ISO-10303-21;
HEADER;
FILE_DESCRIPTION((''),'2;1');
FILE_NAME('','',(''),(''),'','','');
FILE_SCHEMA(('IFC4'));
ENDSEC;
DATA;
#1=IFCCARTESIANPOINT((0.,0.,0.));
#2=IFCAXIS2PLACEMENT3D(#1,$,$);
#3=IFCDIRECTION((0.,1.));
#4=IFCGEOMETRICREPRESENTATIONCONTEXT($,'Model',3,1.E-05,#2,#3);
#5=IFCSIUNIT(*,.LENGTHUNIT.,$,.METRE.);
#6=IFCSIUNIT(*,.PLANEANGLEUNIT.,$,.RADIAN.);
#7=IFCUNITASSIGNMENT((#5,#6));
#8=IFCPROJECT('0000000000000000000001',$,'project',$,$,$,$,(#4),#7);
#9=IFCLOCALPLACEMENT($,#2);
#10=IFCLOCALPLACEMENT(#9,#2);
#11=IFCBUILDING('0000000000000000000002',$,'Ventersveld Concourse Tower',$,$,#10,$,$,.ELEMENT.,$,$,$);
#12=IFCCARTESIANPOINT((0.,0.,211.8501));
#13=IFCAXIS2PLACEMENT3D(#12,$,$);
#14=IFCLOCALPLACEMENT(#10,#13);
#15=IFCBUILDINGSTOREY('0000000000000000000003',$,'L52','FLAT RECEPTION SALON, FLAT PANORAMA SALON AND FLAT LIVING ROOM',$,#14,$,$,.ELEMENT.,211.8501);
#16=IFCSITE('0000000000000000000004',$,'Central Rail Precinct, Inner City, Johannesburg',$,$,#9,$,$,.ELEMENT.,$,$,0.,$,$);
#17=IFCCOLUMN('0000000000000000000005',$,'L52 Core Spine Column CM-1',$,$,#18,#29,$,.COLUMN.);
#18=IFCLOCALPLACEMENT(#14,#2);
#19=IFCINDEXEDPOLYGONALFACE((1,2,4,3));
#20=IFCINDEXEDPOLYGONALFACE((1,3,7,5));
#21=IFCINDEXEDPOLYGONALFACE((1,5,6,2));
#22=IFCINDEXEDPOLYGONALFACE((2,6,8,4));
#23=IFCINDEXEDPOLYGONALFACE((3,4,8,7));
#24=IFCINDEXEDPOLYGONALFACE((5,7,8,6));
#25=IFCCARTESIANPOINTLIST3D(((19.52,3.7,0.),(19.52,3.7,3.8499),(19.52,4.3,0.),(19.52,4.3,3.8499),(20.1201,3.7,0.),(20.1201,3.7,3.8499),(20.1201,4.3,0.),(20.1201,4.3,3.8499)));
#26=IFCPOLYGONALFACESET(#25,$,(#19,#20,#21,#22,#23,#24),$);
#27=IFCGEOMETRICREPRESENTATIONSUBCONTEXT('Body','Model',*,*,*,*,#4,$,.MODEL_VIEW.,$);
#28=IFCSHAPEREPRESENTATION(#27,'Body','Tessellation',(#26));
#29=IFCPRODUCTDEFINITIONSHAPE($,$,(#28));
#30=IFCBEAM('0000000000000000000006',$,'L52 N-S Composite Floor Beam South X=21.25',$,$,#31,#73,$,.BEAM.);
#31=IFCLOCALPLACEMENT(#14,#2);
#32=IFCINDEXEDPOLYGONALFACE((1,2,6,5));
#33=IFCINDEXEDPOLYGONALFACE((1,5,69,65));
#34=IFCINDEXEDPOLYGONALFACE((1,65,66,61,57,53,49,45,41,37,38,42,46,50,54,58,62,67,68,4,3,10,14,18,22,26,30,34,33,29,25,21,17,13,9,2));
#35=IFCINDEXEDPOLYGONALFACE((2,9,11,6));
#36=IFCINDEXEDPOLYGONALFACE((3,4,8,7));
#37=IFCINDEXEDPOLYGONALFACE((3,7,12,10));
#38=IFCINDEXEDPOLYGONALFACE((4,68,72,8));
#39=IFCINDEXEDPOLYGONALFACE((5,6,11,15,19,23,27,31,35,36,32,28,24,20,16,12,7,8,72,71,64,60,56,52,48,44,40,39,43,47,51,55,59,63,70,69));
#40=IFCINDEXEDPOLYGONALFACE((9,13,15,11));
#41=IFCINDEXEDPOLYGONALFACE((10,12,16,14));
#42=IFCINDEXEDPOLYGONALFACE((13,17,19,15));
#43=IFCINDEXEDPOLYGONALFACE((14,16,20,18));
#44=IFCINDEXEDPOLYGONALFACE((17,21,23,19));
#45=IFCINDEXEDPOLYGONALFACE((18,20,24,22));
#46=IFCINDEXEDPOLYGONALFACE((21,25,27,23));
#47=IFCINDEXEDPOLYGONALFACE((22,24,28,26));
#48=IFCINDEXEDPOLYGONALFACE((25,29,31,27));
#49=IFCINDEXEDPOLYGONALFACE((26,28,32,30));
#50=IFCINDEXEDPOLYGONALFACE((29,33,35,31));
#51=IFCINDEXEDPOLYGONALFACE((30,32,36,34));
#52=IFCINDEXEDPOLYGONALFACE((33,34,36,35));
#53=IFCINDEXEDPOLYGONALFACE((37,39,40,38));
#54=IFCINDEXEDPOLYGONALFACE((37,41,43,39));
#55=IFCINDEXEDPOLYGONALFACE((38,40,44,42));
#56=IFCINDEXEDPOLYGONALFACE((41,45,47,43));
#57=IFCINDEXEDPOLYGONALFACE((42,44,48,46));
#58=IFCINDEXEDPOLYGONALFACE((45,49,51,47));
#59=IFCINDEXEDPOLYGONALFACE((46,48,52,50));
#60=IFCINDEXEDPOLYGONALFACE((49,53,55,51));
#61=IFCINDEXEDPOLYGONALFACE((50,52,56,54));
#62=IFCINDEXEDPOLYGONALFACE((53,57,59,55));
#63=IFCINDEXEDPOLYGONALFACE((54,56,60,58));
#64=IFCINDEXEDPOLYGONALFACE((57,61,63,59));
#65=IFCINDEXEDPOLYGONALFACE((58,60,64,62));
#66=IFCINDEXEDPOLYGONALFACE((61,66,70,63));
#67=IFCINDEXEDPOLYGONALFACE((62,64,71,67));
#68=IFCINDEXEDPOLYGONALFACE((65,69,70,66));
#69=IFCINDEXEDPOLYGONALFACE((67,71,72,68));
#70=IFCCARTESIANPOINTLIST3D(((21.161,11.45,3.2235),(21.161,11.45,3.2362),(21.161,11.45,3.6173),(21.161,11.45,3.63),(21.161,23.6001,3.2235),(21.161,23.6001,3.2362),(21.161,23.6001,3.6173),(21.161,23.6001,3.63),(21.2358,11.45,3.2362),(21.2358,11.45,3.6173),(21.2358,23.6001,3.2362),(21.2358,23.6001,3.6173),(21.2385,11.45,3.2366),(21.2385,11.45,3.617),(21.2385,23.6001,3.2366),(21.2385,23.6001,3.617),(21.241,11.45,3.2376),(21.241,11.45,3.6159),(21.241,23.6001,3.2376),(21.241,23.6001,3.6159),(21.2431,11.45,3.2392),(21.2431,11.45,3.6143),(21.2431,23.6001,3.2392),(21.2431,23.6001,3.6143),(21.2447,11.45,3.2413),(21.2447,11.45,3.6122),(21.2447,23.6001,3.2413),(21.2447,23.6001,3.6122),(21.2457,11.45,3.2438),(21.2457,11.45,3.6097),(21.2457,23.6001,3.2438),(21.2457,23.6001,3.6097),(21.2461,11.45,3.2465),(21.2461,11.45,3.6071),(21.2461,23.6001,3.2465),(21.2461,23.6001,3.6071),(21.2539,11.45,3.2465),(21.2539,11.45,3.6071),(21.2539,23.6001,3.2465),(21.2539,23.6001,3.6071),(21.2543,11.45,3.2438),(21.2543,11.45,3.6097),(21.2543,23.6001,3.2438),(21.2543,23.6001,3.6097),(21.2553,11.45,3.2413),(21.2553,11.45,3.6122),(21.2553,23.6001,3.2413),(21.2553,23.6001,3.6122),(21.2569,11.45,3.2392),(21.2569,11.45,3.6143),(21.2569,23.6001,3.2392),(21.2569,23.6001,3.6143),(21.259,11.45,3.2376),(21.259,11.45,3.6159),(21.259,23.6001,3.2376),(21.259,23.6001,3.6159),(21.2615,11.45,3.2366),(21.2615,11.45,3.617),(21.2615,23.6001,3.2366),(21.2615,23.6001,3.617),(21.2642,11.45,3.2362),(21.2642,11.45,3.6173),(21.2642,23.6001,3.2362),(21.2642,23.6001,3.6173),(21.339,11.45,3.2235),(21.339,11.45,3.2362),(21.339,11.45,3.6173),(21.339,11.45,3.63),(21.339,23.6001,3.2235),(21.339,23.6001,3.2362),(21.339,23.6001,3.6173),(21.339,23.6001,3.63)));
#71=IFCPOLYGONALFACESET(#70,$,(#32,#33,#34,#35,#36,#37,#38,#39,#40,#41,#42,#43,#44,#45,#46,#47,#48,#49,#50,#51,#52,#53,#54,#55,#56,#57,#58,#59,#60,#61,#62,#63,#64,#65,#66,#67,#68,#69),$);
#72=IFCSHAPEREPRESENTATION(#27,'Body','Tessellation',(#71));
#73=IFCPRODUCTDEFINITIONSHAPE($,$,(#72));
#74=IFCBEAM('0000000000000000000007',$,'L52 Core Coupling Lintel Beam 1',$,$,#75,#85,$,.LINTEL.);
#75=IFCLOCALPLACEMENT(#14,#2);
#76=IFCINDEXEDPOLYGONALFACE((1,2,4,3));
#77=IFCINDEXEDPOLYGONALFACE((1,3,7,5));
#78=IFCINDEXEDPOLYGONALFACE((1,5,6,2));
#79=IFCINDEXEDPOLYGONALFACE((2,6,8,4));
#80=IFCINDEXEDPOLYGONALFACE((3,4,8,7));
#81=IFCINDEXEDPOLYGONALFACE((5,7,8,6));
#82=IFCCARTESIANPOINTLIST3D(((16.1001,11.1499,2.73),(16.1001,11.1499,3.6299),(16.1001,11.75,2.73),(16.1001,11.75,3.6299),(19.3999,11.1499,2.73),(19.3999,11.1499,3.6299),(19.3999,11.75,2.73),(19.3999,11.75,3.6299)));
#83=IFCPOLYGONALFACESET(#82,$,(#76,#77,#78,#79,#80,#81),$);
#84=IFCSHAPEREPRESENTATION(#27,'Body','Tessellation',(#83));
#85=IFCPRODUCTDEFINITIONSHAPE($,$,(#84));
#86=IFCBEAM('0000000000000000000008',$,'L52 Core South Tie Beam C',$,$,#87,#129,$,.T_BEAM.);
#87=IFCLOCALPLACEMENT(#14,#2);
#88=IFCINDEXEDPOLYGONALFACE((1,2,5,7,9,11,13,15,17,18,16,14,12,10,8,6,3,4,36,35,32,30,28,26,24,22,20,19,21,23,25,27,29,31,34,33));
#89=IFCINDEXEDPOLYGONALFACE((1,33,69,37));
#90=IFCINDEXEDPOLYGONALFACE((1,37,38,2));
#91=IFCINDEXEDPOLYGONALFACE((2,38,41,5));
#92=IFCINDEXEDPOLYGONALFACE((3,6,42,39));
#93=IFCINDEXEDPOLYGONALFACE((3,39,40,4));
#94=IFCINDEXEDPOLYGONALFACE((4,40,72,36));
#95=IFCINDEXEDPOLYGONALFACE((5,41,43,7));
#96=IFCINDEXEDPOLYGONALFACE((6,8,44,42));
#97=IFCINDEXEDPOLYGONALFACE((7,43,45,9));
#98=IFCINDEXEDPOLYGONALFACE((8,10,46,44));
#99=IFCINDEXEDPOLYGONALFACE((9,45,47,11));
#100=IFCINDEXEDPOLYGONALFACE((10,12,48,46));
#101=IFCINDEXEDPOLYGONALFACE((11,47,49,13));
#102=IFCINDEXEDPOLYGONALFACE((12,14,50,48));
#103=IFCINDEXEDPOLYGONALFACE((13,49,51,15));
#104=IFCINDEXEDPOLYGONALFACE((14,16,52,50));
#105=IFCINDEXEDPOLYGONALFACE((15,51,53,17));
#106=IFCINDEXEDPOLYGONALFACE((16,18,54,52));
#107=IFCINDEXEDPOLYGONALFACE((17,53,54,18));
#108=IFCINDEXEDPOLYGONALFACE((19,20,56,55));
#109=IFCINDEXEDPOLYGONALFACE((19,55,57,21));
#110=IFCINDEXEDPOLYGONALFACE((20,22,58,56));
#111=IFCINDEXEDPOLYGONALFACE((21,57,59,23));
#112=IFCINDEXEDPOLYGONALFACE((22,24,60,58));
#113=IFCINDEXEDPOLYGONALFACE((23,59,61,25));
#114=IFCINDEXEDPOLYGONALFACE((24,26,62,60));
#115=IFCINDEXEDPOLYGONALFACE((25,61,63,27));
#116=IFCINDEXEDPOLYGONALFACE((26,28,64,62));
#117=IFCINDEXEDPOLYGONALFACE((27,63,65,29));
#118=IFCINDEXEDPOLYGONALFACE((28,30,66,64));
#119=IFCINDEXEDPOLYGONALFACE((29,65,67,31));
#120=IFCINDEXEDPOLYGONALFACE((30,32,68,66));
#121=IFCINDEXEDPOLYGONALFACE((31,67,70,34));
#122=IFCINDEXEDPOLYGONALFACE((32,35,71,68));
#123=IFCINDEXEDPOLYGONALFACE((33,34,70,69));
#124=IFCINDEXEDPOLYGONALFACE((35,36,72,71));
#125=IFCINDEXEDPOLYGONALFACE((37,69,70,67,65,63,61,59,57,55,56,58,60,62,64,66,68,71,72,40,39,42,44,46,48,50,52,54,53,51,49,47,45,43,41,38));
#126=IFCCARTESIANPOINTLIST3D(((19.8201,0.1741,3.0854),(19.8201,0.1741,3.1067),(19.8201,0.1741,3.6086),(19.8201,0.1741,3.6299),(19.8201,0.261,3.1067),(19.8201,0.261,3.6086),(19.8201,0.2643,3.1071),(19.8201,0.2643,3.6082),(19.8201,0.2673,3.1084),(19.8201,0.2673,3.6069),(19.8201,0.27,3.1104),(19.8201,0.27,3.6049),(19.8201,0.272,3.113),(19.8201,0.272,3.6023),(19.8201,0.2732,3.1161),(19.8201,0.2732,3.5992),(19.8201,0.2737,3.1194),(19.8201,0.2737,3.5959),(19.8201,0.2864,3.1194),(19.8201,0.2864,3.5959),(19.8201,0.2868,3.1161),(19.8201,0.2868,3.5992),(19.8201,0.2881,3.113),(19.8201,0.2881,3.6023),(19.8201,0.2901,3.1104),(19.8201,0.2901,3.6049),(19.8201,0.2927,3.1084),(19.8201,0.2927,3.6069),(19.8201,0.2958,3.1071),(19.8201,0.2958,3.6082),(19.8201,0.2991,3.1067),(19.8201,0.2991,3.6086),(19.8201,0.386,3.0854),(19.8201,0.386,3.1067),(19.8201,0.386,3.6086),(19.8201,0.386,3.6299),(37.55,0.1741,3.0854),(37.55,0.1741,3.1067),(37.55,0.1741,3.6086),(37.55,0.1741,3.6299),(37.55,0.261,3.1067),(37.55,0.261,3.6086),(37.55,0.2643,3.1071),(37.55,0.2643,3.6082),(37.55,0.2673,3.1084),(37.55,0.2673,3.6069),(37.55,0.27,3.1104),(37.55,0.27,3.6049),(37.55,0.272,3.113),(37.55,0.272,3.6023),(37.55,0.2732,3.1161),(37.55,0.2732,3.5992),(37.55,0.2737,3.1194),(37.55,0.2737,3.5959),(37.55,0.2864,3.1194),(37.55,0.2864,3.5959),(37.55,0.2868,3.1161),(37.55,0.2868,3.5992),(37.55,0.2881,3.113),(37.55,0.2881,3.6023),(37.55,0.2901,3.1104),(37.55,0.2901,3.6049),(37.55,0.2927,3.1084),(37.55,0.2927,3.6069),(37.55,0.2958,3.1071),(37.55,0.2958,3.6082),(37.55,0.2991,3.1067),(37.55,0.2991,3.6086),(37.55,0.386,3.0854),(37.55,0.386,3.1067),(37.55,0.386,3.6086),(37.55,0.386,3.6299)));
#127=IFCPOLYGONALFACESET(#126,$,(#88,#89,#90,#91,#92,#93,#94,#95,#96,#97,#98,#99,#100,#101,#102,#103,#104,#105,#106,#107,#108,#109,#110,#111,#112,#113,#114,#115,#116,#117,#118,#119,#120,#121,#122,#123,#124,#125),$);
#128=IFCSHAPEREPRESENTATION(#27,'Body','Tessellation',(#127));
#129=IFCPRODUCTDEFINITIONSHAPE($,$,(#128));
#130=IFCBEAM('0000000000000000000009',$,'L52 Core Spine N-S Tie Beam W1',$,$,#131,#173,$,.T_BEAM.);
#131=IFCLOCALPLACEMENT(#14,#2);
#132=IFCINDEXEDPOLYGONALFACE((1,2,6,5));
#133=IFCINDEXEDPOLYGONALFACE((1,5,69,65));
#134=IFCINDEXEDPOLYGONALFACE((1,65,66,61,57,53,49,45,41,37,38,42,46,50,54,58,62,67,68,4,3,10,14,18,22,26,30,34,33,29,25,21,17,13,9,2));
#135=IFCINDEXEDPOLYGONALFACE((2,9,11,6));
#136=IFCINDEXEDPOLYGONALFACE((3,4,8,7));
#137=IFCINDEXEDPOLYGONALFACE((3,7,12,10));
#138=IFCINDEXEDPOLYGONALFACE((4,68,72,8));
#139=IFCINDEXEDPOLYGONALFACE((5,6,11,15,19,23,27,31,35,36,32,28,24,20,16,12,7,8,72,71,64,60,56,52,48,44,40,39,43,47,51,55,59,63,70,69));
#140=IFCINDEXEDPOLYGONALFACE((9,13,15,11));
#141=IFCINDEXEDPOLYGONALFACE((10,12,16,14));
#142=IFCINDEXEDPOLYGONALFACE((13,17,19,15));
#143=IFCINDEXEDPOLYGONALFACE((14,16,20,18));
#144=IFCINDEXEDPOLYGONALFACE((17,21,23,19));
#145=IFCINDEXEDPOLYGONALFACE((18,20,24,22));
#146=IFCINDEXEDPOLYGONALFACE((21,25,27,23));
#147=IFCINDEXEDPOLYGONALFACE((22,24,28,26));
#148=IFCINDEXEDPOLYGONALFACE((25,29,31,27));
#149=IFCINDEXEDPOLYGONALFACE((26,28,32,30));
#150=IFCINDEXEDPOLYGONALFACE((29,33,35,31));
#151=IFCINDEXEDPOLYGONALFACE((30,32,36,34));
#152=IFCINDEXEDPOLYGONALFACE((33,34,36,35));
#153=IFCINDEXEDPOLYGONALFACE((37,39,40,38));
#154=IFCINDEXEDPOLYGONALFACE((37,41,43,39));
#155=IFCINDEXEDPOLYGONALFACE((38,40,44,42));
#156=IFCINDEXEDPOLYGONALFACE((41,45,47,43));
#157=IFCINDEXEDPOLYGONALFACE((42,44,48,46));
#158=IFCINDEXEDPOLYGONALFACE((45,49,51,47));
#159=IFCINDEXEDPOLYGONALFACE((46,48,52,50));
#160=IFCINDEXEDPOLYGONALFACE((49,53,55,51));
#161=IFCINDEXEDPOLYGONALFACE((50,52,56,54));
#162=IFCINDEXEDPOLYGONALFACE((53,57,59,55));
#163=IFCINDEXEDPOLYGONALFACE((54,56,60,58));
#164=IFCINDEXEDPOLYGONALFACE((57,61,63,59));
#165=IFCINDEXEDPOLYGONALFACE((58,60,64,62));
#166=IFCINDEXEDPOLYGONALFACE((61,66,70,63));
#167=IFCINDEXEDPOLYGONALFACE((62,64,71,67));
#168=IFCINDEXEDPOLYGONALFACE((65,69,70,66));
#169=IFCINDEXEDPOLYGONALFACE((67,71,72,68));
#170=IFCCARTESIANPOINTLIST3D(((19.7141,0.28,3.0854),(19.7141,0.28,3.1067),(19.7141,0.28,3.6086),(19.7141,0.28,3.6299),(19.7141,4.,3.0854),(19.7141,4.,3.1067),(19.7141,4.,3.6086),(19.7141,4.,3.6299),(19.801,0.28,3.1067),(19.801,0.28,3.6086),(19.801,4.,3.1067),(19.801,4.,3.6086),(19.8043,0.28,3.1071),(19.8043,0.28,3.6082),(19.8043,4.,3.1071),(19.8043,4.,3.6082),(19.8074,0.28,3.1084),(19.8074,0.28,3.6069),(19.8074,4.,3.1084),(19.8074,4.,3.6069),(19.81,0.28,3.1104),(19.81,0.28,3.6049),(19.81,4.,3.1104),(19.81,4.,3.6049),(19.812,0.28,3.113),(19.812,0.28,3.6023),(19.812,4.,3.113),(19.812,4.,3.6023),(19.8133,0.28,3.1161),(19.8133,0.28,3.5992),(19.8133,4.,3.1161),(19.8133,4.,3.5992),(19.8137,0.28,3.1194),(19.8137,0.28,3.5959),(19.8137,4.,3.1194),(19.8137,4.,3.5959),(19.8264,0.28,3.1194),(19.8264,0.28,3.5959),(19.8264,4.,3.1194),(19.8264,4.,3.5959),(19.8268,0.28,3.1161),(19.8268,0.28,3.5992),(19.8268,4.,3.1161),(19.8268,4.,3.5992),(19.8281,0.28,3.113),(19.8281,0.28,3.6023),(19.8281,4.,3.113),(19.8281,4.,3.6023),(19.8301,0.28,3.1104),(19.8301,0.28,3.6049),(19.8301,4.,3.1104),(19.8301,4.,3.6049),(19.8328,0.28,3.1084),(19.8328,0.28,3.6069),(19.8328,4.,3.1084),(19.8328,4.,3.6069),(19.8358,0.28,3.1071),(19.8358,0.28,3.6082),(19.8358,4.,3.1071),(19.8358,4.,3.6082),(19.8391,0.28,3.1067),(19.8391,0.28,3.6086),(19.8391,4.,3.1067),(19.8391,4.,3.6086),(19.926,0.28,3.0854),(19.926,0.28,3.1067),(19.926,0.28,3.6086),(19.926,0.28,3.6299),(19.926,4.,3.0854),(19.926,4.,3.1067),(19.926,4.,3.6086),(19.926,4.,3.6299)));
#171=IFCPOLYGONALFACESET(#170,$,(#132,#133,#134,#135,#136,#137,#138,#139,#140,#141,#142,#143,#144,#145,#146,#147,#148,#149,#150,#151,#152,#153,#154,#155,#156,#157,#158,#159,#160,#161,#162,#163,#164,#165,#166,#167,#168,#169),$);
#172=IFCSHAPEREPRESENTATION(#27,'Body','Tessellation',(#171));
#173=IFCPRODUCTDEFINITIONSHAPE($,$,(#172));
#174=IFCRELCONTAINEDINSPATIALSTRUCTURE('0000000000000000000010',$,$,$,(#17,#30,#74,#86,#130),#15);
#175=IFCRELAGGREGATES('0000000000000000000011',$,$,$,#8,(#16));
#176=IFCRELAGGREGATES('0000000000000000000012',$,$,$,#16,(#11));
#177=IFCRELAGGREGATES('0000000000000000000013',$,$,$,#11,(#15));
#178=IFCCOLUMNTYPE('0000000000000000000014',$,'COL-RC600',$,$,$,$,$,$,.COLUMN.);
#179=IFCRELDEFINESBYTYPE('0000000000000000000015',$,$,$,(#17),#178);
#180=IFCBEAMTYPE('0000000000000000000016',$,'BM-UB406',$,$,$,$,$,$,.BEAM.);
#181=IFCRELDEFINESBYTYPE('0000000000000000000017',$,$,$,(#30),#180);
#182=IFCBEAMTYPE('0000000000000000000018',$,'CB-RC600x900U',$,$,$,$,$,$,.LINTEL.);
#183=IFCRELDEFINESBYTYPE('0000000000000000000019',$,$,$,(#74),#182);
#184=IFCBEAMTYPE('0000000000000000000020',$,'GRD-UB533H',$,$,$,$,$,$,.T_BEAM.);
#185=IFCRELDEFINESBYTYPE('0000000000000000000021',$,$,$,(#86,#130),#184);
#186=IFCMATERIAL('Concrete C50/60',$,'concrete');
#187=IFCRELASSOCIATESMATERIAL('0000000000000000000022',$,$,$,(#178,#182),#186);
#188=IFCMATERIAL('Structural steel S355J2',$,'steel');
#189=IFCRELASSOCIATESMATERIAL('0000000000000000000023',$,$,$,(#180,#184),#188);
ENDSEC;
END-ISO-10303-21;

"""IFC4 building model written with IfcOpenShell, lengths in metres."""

from ifc_helpers import new_model, si_unit, direction, frame, origin, origin_2d, place, context, subcontext, project, spatial, rectangle, i_section, extrude, material, material_profile, profile_set, type_object, element, save


model = new_model("IFC4")

# Units and contexts
model_context = context("Model", 3, precision=1e-05, world=origin(), true_north=direction((0.0, 1.0)))
body_context = subcontext(model_context, "Body", "Model", "MODEL_VIEW")
ifc_project = project(units=[si_unit("LENGTHUNIT", "METRE"), si_unit("PLANEANGLEUNIT", "RADIAN")], contexts=[model_context])

# Site, building, storey
site_placement = place(None, origin())
site = spatial("IfcSite", under=ifc_project, at=site_placement, Name="Central Rail Precinct, Inner City, Johannesburg", CompositionType="ELEMENT", RefElevation=0.0)
building_placement = place(site_placement, origin())
building = spatial("IfcBuilding", under=site, at=building_placement, Name="Ventersveld Concourse Tower", CompositionType="ELEMENT")
storey_placement = place(building_placement, frame((0.0, 0.0, 211.8501)))
storey = spatial("IfcBuildingStorey", under=building, at=storey_placement, Name="L52", Description="FLAT RECEPTION SALON, FLAT PANORAMA SALON AND FLAT LIVING ROOM", CompositionType="ELEMENT", Elevation=211.8501)

# Column
ifc_material_1 = material(Name="Concrete C50/60", Category="concrete")
ifc_material_profile_1 = material_profile(ifc_material_1, rectangle(XDim=0.6001, YDim=0.6001, at=origin_2d()), Name="RC 600x600")
ifc_profile_set_1 = profile_set([ifc_material_profile_1], Name="Concrete C50/60")
column_type = type_object("IfcColumnType", Name="COL-RC600", PredefinedType="COLUMN", material=ifc_profile_set_1)
column_placement = place(storey_placement, frame((19.8201, 4.0, 0.0), z_axis=(0.0, 0.0, 1.0), x_axis=(1.0, 0.0, 0.0)))
element("IfcColumn", 1, at=column_placement, inside=storey, type_object=column_type, Name="L52 Core Spine Column CM-1", PredefinedType="COLUMN", context=body_context, shape_type="SweptSolid", body=[
    extrude(rectangle(XDim=0.6001, YDim=0.6001, at=origin_2d()), origin(), (0.0, 0.0, 1.0), 3.8499),
])

# Beams
ifc_material_2 = material(Name="Structural steel S355J2", Category="steel")
ifc_material_profile_2 = material_profile(ifc_material_2, i_section(OverallWidth=0.178, OverallDepth=0.4065, WebThickness=0.0078, FlangeThickness=0.0127, FilletRadius=0.0103, at=origin_2d()), Name="UB 406x178x60")
ifc_profile_set_2 = profile_set([ifc_material_profile_2], Name="Structural steel S355J2")
beam_type_1 = type_object("IfcBeamType", Name="BM-UB406", PredefinedType="BEAM", material=ifc_profile_set_2)
beam_1_placement = place(storey_placement, frame((21.25, 11.45, 3.4268), z_axis=(0.0, 1.0, 0.0), x_axis=(-1.0, 0.0, 0.0)))
element("IfcBeam", 2, at=beam_1_placement, inside=storey, type_object=beam_type_1, Name="L52 N-S Composite Floor Beam South X=21.25", PredefinedType="BEAM", context=body_context, shape_type="SweptSolid", body=[
    extrude(i_section(OverallWidth=0.178, OverallDepth=0.4065, WebThickness=0.0078, FlangeThickness=0.0127, FilletRadius=0.0103, at=origin_2d()), origin(), (0.0, 0.0, 1.0), 12.1501),
])
ifc_material_profile_3 = material_profile(ifc_material_1, rectangle(XDim=0.6001, YDim=0.8999, at=origin_2d()), Name="RC 600x900")
ifc_profile_set_3 = profile_set([ifc_material_profile_3], Name="Concrete C50/60")
beam_type_2 = type_object("IfcBeamType", Name="CB-RC600x900U", PredefinedType="LINTEL", material=ifc_profile_set_3)
beam_2_placement = place(storey_placement, frame((16.1001, 11.45, 3.1799), z_axis=(1.0, 0.0, 0.0), x_axis=(0.0, 1.0, 0.0)))
element("IfcBeam", 3, at=beam_2_placement, inside=storey, type_object=beam_type_2, Name="L52 Core Coupling Lintel Beam 1", PredefinedType="LINTEL", context=body_context, shape_type="SweptSolid", body=[
    extrude(rectangle(XDim=0.6001, YDim=0.8999, at=origin_2d()), origin(), (0.0, 0.0, 1.0), 3.2998),
])
ifc_material_profile_4 = material_profile(ifc_material_2, i_section(OverallWidth=0.2119, OverallDepth=0.5444, WebThickness=0.0127, FlangeThickness=0.0212, FilletRadius=0.0127, at=origin_2d()), Name="UB 533x210x122")
ifc_profile_set_4 = profile_set([ifc_material_profile_4], Name="Structural steel S355J2")
beam_type_3 = type_object("IfcBeamType", Name="GRD-UB533H", PredefinedType="T_BEAM", material=ifc_profile_set_4)
beam_3_placement = place(storey_placement, frame((19.8201, 0.28, 3.3577), z_axis=(1.0, 0.0, 0.0), x_axis=(0.0, 1.0, 0.0)))
element("IfcBeam", 4, at=beam_3_placement, inside=storey, type_object=beam_type_3, Name="L52 Core South Tie Beam C", PredefinedType="T_BEAM", context=body_context, shape_type="SweptSolid", body=[
    extrude(i_section(OverallWidth=0.2119, OverallDepth=0.5444, WebThickness=0.0127, FlangeThickness=0.0212, FilletRadius=0.0127, at=origin_2d()), origin(), (0.0, 0.0, 1.0), 17.73),
])
beam_4_placement = place(storey_placement, frame((19.8201, 0.28, 3.3577), z_axis=(0.0, 1.0, 0.0), x_axis=(-1.0, 0.0, 0.0)))
element("IfcBeam", 5, at=beam_4_placement, inside=storey, type_object=beam_type_3, Name="L52 Core Spine N-S Tie Beam W1", PredefinedType="T_BEAM", context=body_context, shape_type="SweptSolid", body=[
    extrude(i_section(OverallWidth=0.2119, OverallDepth=0.5444, WebThickness=0.0127, FlangeThickness=0.0212, FilletRadius=0.0127, at=origin_2d()), origin(), (0.0, 0.0, 1.0), 3.72),
])

save(model, "model.ifc")
